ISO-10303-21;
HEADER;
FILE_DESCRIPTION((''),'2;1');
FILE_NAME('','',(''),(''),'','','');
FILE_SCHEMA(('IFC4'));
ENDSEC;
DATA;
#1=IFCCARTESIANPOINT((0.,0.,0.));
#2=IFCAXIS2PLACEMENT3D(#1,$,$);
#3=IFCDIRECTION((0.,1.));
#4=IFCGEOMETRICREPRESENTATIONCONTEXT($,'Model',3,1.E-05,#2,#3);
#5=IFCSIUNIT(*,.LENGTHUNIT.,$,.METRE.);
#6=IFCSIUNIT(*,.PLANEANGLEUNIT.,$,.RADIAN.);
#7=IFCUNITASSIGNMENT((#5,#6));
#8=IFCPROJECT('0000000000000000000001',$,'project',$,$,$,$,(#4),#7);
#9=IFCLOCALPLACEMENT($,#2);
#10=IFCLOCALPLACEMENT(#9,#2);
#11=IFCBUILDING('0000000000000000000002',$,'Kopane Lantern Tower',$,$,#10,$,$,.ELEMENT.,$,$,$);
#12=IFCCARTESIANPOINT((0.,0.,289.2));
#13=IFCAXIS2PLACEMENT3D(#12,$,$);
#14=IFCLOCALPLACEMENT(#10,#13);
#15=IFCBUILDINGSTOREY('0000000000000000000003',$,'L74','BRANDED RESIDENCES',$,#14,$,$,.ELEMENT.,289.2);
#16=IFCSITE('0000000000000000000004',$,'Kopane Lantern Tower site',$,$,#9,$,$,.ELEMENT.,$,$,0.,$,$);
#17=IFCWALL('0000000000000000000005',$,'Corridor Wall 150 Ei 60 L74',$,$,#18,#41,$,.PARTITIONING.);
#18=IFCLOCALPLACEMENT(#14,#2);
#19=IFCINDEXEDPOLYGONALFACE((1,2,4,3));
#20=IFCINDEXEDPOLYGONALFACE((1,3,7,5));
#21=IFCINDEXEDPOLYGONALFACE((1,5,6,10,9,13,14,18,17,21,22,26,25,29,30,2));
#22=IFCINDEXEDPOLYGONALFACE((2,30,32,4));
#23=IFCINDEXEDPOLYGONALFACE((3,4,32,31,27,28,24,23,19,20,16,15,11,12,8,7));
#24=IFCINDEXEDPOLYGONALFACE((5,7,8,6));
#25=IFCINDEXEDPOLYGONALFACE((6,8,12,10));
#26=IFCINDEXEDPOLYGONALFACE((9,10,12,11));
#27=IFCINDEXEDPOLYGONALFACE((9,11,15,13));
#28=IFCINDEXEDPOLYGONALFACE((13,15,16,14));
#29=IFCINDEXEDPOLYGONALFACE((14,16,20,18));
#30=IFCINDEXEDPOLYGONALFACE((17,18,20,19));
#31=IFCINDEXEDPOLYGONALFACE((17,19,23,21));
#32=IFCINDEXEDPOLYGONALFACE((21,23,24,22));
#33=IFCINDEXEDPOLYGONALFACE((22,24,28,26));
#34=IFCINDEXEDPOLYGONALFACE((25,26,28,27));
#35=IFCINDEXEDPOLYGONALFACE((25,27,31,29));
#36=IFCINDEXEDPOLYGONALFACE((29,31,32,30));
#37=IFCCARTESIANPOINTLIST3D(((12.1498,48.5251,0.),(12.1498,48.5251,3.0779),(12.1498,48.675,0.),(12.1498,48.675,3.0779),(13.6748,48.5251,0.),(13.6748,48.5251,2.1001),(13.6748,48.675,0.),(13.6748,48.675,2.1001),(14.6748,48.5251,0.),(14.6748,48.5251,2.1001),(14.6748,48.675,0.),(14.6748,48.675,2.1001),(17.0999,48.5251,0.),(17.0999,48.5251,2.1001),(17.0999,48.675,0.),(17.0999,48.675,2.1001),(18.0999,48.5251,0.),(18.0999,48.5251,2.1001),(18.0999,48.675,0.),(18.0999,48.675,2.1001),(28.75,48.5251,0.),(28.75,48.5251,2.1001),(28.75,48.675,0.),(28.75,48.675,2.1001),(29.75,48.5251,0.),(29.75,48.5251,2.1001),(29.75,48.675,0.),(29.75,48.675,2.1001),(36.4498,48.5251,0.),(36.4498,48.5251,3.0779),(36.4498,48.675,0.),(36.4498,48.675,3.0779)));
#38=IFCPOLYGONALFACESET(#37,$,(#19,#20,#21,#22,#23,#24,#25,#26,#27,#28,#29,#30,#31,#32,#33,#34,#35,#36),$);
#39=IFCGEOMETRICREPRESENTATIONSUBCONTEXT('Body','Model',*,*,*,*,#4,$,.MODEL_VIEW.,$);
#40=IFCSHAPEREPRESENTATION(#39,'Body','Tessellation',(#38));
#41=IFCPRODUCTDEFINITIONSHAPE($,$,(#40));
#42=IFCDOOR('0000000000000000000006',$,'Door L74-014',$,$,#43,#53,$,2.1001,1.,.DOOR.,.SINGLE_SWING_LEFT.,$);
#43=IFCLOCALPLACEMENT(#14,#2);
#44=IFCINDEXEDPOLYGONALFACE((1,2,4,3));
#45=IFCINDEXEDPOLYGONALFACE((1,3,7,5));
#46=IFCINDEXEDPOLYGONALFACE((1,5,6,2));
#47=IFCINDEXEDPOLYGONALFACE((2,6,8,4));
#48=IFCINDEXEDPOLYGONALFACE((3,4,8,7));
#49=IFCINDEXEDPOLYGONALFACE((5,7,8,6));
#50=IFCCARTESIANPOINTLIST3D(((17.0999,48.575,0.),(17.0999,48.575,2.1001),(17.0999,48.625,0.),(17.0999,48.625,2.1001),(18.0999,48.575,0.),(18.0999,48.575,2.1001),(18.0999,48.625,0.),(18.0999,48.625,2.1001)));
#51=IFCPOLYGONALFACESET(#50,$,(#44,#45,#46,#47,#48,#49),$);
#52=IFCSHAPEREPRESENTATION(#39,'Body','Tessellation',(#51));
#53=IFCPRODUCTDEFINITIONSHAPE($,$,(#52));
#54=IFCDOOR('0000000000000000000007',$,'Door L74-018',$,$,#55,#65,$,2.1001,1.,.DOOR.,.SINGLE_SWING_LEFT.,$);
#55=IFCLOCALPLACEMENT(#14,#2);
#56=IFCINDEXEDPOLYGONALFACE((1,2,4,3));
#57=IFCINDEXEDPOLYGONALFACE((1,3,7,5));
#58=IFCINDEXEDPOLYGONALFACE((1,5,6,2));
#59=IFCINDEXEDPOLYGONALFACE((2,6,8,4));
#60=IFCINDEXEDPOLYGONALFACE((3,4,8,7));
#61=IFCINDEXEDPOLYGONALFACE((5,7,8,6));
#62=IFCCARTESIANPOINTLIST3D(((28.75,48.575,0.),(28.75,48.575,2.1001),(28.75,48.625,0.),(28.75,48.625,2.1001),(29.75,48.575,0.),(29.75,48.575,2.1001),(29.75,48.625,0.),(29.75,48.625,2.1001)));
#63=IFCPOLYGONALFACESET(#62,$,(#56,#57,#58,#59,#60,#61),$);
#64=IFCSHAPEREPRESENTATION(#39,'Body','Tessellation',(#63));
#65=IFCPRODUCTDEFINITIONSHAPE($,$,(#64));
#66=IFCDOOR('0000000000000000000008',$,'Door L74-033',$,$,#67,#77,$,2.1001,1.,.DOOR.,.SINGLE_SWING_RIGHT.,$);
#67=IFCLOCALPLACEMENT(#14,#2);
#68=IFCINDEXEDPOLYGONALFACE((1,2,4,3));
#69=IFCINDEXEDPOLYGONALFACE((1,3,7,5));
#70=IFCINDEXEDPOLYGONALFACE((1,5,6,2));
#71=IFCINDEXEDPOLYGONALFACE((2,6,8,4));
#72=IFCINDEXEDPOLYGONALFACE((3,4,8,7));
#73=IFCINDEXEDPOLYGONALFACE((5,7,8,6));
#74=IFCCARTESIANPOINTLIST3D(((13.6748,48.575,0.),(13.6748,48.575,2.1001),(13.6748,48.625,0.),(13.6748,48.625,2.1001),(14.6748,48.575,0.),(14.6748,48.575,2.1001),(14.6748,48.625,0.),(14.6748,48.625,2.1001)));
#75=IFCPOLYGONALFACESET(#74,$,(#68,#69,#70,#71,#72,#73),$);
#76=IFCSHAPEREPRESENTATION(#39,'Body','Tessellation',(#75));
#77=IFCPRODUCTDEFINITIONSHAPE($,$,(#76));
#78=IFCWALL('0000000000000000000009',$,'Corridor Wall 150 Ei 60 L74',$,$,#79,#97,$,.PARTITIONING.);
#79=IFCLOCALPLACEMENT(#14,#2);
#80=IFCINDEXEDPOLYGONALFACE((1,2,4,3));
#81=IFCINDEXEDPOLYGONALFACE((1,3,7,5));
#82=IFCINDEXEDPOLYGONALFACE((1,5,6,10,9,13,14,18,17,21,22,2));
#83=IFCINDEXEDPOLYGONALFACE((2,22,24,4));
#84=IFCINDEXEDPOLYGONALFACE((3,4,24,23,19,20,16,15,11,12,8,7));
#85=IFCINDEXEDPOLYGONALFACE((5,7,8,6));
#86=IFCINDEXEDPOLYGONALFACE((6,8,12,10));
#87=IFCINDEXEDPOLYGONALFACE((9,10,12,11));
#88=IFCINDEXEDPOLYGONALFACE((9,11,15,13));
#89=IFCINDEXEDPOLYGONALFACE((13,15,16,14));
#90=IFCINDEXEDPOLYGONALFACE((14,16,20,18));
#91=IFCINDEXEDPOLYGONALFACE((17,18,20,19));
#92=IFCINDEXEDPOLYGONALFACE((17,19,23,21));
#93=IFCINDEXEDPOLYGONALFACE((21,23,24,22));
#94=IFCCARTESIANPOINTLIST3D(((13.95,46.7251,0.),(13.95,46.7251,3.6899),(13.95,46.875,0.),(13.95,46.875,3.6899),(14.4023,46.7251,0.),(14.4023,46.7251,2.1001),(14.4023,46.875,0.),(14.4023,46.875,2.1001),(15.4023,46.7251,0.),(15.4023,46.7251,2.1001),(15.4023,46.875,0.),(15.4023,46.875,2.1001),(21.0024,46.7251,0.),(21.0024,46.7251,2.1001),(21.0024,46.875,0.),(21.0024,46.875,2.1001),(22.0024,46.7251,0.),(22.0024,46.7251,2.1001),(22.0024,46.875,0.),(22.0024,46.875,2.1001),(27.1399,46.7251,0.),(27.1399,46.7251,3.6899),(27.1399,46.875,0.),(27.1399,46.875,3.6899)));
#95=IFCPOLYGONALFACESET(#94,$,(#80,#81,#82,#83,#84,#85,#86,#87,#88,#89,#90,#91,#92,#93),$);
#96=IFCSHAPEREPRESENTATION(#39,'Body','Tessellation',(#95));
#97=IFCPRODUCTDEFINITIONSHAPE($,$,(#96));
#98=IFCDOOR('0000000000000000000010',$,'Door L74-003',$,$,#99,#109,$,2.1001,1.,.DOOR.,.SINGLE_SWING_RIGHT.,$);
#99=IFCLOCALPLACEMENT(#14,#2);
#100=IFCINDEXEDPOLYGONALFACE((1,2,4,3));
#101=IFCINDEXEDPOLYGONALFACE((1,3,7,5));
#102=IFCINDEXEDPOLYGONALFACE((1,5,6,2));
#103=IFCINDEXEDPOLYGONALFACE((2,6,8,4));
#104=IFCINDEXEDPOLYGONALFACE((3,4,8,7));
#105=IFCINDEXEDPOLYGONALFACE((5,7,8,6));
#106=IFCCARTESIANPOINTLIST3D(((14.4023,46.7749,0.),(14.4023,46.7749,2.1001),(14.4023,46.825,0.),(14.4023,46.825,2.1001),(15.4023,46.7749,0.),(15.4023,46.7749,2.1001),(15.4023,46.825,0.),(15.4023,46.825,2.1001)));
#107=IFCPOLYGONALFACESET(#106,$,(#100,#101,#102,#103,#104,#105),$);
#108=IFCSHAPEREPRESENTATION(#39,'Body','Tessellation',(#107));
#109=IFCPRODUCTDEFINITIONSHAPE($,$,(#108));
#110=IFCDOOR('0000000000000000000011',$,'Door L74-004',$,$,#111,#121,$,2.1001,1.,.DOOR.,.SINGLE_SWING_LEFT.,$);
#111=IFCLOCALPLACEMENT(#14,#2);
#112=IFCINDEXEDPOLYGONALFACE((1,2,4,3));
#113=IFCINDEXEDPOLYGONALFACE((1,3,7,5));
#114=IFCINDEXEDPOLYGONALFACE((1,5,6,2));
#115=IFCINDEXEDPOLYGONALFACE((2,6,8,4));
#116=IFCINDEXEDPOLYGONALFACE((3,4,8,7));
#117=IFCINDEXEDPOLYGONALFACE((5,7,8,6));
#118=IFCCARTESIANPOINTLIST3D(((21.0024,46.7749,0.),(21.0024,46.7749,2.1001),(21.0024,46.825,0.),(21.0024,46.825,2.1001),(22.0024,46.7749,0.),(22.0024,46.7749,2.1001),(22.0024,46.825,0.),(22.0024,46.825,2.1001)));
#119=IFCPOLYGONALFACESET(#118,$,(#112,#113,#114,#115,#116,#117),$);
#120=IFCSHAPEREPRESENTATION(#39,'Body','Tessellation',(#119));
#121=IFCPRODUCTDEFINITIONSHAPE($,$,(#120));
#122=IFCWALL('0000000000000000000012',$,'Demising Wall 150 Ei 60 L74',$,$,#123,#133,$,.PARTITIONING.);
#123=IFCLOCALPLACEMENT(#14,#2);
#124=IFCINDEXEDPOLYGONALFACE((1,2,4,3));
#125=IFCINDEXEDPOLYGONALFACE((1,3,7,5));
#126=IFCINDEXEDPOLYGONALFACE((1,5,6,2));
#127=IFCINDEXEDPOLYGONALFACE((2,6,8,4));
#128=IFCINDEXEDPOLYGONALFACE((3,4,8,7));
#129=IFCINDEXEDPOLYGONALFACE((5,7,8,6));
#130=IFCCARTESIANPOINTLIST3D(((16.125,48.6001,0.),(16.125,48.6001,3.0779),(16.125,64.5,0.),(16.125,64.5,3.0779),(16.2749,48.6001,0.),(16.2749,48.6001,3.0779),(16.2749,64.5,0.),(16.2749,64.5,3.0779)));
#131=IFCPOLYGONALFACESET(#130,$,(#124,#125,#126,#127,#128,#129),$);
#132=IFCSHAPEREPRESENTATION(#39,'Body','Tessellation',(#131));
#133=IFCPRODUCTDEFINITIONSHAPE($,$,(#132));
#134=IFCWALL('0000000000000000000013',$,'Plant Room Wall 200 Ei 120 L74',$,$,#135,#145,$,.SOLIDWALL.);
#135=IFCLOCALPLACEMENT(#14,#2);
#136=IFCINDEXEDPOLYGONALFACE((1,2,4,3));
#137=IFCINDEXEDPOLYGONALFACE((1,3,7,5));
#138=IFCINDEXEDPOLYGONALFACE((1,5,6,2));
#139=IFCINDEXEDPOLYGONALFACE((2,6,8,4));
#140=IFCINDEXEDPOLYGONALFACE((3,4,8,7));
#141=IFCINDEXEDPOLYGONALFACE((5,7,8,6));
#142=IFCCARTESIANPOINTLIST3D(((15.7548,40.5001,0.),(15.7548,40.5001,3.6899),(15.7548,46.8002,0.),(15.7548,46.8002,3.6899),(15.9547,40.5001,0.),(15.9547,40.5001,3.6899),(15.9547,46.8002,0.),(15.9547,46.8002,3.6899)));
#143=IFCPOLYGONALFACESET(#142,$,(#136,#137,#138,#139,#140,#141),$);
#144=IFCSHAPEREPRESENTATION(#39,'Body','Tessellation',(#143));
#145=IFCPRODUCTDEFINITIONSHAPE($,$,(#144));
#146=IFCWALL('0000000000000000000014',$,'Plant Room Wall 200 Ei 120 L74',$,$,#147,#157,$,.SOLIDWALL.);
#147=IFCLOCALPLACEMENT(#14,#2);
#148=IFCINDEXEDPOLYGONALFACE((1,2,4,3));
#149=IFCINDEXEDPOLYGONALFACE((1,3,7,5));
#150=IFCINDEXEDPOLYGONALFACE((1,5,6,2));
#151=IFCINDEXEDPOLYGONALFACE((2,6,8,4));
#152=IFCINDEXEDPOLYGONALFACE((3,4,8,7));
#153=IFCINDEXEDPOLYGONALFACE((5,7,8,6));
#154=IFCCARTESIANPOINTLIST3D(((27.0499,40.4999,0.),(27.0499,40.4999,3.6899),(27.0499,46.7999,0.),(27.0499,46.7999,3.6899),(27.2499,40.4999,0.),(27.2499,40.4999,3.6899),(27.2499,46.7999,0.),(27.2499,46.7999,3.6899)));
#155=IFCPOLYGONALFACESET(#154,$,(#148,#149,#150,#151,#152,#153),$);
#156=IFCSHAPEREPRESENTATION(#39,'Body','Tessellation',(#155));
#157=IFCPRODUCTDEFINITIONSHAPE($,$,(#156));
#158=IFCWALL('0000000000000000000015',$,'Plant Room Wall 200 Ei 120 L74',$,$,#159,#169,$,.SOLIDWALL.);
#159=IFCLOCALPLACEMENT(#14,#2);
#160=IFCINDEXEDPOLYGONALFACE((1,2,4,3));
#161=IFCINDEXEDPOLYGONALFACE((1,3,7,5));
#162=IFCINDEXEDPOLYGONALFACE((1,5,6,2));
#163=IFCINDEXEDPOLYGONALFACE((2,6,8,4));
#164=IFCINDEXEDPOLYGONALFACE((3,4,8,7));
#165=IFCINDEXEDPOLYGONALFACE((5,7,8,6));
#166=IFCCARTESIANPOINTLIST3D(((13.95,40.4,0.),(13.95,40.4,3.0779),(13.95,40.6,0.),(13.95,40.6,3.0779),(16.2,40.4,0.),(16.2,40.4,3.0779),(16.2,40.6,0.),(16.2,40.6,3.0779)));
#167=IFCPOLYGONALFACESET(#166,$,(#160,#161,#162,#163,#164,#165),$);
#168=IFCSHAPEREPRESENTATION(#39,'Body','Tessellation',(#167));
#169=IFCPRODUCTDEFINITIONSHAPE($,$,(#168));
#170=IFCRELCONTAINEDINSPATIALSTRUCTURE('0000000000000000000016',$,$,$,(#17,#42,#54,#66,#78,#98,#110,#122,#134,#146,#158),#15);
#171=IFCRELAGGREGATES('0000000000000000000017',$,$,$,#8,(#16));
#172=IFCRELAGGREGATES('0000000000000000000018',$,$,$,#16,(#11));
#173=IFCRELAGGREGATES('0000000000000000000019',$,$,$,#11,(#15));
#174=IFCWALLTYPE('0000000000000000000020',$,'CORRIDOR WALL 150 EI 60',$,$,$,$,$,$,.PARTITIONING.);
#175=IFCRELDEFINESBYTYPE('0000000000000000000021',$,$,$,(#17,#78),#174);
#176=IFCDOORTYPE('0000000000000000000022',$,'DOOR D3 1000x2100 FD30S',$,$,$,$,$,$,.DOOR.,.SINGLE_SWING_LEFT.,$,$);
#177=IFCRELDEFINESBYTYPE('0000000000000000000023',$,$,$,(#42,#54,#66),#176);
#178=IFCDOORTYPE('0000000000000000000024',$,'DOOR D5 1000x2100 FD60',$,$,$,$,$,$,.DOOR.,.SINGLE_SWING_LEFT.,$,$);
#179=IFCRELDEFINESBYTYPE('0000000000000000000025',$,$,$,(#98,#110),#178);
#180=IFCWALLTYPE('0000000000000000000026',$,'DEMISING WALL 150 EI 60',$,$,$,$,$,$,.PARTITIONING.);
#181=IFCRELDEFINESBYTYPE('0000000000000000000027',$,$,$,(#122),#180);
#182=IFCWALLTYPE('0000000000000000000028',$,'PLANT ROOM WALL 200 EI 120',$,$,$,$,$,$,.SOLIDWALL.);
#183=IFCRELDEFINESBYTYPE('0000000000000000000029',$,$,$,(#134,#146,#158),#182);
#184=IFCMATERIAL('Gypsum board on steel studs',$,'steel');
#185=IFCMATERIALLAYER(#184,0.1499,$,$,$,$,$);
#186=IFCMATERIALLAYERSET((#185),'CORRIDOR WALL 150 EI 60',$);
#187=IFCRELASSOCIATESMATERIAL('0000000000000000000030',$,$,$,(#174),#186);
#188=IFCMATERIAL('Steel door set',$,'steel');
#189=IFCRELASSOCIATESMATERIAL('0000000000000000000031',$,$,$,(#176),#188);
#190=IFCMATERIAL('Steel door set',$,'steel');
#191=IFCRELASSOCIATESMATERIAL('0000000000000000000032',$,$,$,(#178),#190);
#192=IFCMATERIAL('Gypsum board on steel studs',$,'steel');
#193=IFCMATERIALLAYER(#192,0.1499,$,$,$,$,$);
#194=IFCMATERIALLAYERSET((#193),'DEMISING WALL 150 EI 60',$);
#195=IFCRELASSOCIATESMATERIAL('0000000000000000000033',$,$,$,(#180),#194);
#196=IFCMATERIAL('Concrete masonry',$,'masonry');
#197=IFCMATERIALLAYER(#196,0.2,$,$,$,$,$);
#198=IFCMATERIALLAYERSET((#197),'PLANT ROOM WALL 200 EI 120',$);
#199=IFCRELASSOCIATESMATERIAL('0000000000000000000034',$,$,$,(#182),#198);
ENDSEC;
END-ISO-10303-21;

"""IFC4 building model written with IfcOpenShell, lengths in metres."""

from ifc_helpers import new_model, si_unit, direction, frame, frame_2d, origin, place, context, subcontext, project, spatial, rectangle, extrude, material, layer, layer_set, type_object, element, fill, save


model = new_model("IFC4")

# Units and contexts
model_context = context("Model", 3, precision=1e-05, world=origin(), true_north=direction((0.0, 1.0)))
body_context = subcontext(model_context, "Body", "Model", "MODEL_VIEW")
ifc_project = project(units=[si_unit("LENGTHUNIT", "METRE"), si_unit("PLANEANGLEUNIT", "RADIAN")], contexts=[model_context])

# Site, building, storey
site_placement = place(None, origin())
site = spatial("IfcSite", under=ifc_project, at=site_placement, Name="Kopane Lantern Tower site", CompositionType="ELEMENT", RefElevation=0.0)
building_placement = place(site_placement, origin())
building = spatial("IfcBuilding", under=site, at=building_placement, Name="Kopane Lantern Tower", CompositionType="ELEMENT")
storey_placement = place(building_placement, frame((0.0, 0.0, 289.2)))
storey = spatial("IfcBuildingStorey", under=building, at=storey_placement, Name="L74", Description="BRANDED RESIDENCES", CompositionType="ELEMENT", Elevation=289.2)

# Walls, openings, doors
ifc_material_1 = material(Name="Gypsum board on steel studs", Category="steel")
ifc_layer_1 = layer(ifc_material_1, 0.1499)
ifc_layer_set_1 = layer_set([ifc_layer_1], Name="CORRIDOR WALL 150 EI 60")
wall_type_1 = type_object("IfcWallType", Name="CORRIDOR WALL 150 EI 60", PredefinedType="PARTITIONING", material=ifc_layer_set_1)
wall_1_placement = place(storey_placement, frame((12.1499, 48.6001, 0.0), z_axis=(0.0, 0.0, 1.0), x_axis=(1.0, 0.0, 0.0)))
wall_1 = element("IfcWall", 1, at=wall_1_placement, inside=storey, type_object=wall_type_1, Name="Corridor Wall 150 Ei 60 L74", PredefinedType="PARTITIONING", context=body_context, shape_type="SweptSolid", body=[
    extrude(rectangle(XDim=24.3, YDim=0.1499, at=frame_2d((12.1499, 0.0))), origin(), (0.0, 0.0, 1.0), 3.0779),
])
opening_1_placement = place(wall_1_placement, frame((4.95, 0.0, 0.0)))
opening_1 = element("IfcOpeningElement", 2, at=opening_1_placement, cuts=wall_1, PredefinedType="OPENING", context=body_context, shape_type="SweptSolid", body=[
    extrude(rectangle(XDim=1.0, YDim=2.1001, at=frame_2d((0.5, 1.05))), frame((0.0, 0.085, 0.0), z_axis=(0.0, -1.0, 0.0), x_axis=(1.0, 0.0, 0.0)), (0.0, 0.0, 1.0), 0.1699),
])
opening_2_placement = place(wall_1_placement, frame((16.6001, 0.0, 0.0)))
opening_2 = element("IfcOpeningElement", 3, at=opening_2_placement, cuts=wall_1, PredefinedType="OPENING", context=body_context, shape_type="SweptSolid", body=[
    extrude(rectangle(XDim=1.0, YDim=2.1001, at=frame_2d((0.5, 1.05))), frame((0.0, 0.085, 0.0), z_axis=(0.0, -1.0, 0.0), x_axis=(1.0, 0.0, 0.0)), (0.0, 0.0, 1.0), 0.1699),
])
opening_3_placement = place(wall_1_placement, frame((1.5249, 0.0, 0.0)))
opening_3 = element("IfcOpeningElement", 4, at=opening_3_placement, cuts=wall_1, PredefinedType="OPENING", context=body_context, shape_type="SweptSolid", body=[
    extrude(rectangle(XDim=1.0, YDim=2.1001, at=frame_2d((0.5, 1.05))), frame((0.0, 0.085, 0.0), z_axis=(0.0, -1.0, 0.0), x_axis=(1.0, 0.0, 0.0)), (0.0, 0.0, 1.0), 0.1699),
])
ifc_material_2 = material(Name="Steel door set", Category="steel")
door_type_1 = type_object("IfcDoorType", Name="DOOR D3 1000x2100 FD30S", OperationType="SINGLE_SWING_LEFT", PredefinedType="DOOR", material=ifc_material_2)
door_1_placement = place(opening_1_placement, origin())
door_1 = element("IfcDoor", 5, at=door_1_placement, inside=storey, type_object=door_type_1, Name="Door L74-014", OperationType="SINGLE_SWING_LEFT", OverallHeight=2.1001, OverallWidth=1.0, PredefinedType="DOOR", context=body_context, shape_type="SweptSolid", body=[
    extrude(rectangle(XDim=1.0, YDim=2.1001, at=frame_2d((0.5, 1.05))), frame((0.0, 0.0249, 0.0), z_axis=(0.0, -1.0, 0.0), x_axis=(1.0, 0.0, 0.0)), (0.0, 0.0, 1.0), 0.05),
])
fill(opening_1, door_1)
door_2_placement = place(opening_2_placement, origin())
door_2 = element("IfcDoor", 6, at=door_2_placement, inside=storey, type_object=door_type_1, Name="Door L74-018", OperationType="SINGLE_SWING_LEFT", OverallHeight=2.1001, OverallWidth=1.0, PredefinedType="DOOR", context=body_context, shape_type="SweptSolid", body=[
    extrude(rectangle(XDim=1.0, YDim=2.1001, at=frame_2d((0.5, 1.05))), frame((0.0, 0.0249, 0.0), z_axis=(0.0, -1.0, 0.0), x_axis=(1.0, 0.0, 0.0)), (0.0, 0.0, 1.0), 0.05),
])
fill(opening_2, door_2)
door_3_placement = place(opening_3_placement, origin())
door_3 = element("IfcDoor", 7, at=door_3_placement, inside=storey, type_object=door_type_1, Name="Door L74-033", OperationType="SINGLE_SWING_RIGHT", OverallHeight=2.1001, OverallWidth=1.0, PredefinedType="DOOR", context=body_context, shape_type="SweptSolid", body=[
    extrude(rectangle(XDim=1.0, YDim=2.1001, at=frame_2d((0.5, 1.05))), frame((0.0, 0.0249, 0.0), z_axis=(0.0, -1.0, 0.0), x_axis=(1.0, 0.0, 0.0)), (0.0, 0.0, 1.0), 0.05),
])
fill(opening_3, door_3)
wall_2_placement = place(storey_placement, frame((13.95, 46.8, 0.0), z_axis=(0.0, 0.0, 1.0), x_axis=(1.0, 0.0, 0.0)))
wall_2 = element("IfcWall", 8, at=wall_2_placement, inside=storey, type_object=wall_type_1, Name="Corridor Wall 150 Ei 60 L74", PredefinedType="PARTITIONING", context=body_context, shape_type="SweptSolid", body=[
    extrude(rectangle(XDim=13.1899, YDim=0.1499, at=frame_2d((6.595, 0.0))), origin(), (0.0, 0.0, 1.0), 3.6899),
])
opening_4_placement = place(wall_2_placement, frame((0.4524, 0.0, 0.0)))
opening_4 = element("IfcOpeningElement", 9, at=opening_4_placement, cuts=wall_2, PredefinedType="OPENING", context=body_context, shape_type="SweptSolid", body=[
    extrude(rectangle(XDim=1.0, YDim=2.1001, at=frame_2d((0.5, 1.05))), frame((0.0, 0.085, 0.0), z_axis=(0.0, -1.0, 0.0), x_axis=(1.0, 0.0, 0.0)), (0.0, 0.0, 1.0), 0.1699),
])
opening_5_placement = place(wall_2_placement, frame((7.0525, 0.0, 0.0)))
opening_5 = element("IfcOpeningElement", 10, at=opening_5_placement, cuts=wall_2, PredefinedType="OPENING", context=body_context, shape_type="SweptSolid", body=[
    extrude(rectangle(XDim=1.0, YDim=2.1001, at=frame_2d((0.5, 1.05))), frame((0.0, 0.085, 0.0), z_axis=(0.0, -1.0, 0.0), x_axis=(1.0, 0.0, 0.0)), (0.0, 0.0, 1.0), 0.1699),
])
ifc_material_3 = material(Name="Steel door set", Category="steel")
door_type_2 = type_object("IfcDoorType", Name="DOOR D5 1000x2100 FD60", OperationType="SINGLE_SWING_LEFT", PredefinedType="DOOR", material=ifc_material_3)
door_4_placement = place(opening_4_placement, origin())
door_4 = element("IfcDoor", 11, at=door_4_placement, inside=storey, type_object=door_type_2, Name="Door L74-003", OperationType="SINGLE_SWING_RIGHT", OverallHeight=2.1001, OverallWidth=1.0, PredefinedType="DOOR", context=body_context, shape_type="SweptSolid", body=[
    extrude(rectangle(XDim=1.0, YDim=2.1001, at=frame_2d((0.5, 1.05))), frame((0.0, 0.0249, 0.0), z_axis=(0.0, -1.0, 0.0), x_axis=(1.0, 0.0, 0.0)), (0.0, 0.0, 1.0), 0.05),
])
fill(opening_4, door_4)
door_5_placement = place(opening_5_placement, origin())
door_5 = element("IfcDoor", 12, at=door_5_placement, inside=storey, type_object=door_type_2, Name="Door L74-004", OperationType="SINGLE_SWING_LEFT", OverallHeight=2.1001, OverallWidth=1.0, PredefinedType="DOOR", context=body_context, shape_type="SweptSolid", body=[
    extrude(rectangle(XDim=1.0, YDim=2.1001, at=frame_2d((0.5, 1.05))), frame((0.0, 0.0249, 0.0), z_axis=(0.0, -1.0, 0.0), x_axis=(1.0, 0.0, 0.0)), (0.0, 0.0, 1.0), 0.05),
])
fill(opening_5, door_5)

# Walls
ifc_material_4 = material(Name="Gypsum board on steel studs", Category="steel")
ifc_layer_2 = layer(ifc_material_4, 0.1499)
ifc_layer_set_2 = layer_set([ifc_layer_2], Name="DEMISING WALL 150 EI 60")
wall_type_2 = type_object("IfcWallType", Name="DEMISING WALL 150 EI 60", PredefinedType="PARTITIONING", material=ifc_layer_set_2)
wall_3_placement = place(storey_placement, frame((16.2, 48.6001, 0.0), z_axis=(0.0, 0.0, 1.0), x_axis=(0.0, 1.0, 0.0)))
element("IfcWall", 13, at=wall_3_placement, inside=storey, type_object=wall_type_2, Name="Demising Wall 150 Ei 60 L74", PredefinedType="PARTITIONING", context=body_context, shape_type="SweptSolid", body=[
    extrude(rectangle(XDim=15.8999, YDim=0.1499, at=frame_2d((7.95, 0.0))), origin(), (0.0, 0.0, 1.0), 3.0779),
])
ifc_material_5 = material(Name="Concrete masonry", Category="masonry")
ifc_layer_3 = layer(ifc_material_5, 0.2)
ifc_layer_set_3 = layer_set([ifc_layer_3], Name="PLANT ROOM WALL 200 EI 120")
wall_type_3 = type_object("IfcWallType", Name="PLANT ROOM WALL 200 EI 120", PredefinedType="SOLIDWALL", material=ifc_layer_set_3)
for number, where, z_axis, x_axis, name in (
    (14, (15.8547, 46.8, 0.0), (0.0, 0.0, 1.0), (0.0, -1.0, 0.0), "Plant Room Wall 200 Ei 120 L74"),
    (15, (27.1499, 40.5, 0.0), (0.0, 0.0, 1.0), (0.0, 1.0, 0.0), "Plant Room Wall 200 Ei 120 L74"),
):
    element("IfcWall", number, at=place(storey_placement, frame(where, z_axis=z_axis, x_axis=x_axis)), inside=storey, type_object=wall_type_3, Name=name, PredefinedType="SOLIDWALL", context=body_context, shape_type="SweptSolid", body=[
        extrude(rectangle(XDim=6.3, YDim=0.2, at=frame_2d((3.1499, 0.0))), origin(), (0.0, 0.0, 1.0), 3.6899),
    ])
wall_4_placement = place(storey_placement, frame((13.95, 40.5, 0.0), z_axis=(0.0, 0.0, 1.0), x_axis=(1.0, 0.0, 0.0)))
element("IfcWall", 16, at=wall_4_placement, inside=storey, type_object=wall_type_3, Name="Plant Room Wall 200 Ei 120 L74", PredefinedType="SOLIDWALL", context=body_context, shape_type="SweptSolid", body=[
    extrude(rectangle(XDim=2.25, YDim=0.2, at=frame_2d((1.125, 0.0))), origin(), (0.0, 0.0, 1.0), 3.0779),
])

save(model, "model.ifc")
